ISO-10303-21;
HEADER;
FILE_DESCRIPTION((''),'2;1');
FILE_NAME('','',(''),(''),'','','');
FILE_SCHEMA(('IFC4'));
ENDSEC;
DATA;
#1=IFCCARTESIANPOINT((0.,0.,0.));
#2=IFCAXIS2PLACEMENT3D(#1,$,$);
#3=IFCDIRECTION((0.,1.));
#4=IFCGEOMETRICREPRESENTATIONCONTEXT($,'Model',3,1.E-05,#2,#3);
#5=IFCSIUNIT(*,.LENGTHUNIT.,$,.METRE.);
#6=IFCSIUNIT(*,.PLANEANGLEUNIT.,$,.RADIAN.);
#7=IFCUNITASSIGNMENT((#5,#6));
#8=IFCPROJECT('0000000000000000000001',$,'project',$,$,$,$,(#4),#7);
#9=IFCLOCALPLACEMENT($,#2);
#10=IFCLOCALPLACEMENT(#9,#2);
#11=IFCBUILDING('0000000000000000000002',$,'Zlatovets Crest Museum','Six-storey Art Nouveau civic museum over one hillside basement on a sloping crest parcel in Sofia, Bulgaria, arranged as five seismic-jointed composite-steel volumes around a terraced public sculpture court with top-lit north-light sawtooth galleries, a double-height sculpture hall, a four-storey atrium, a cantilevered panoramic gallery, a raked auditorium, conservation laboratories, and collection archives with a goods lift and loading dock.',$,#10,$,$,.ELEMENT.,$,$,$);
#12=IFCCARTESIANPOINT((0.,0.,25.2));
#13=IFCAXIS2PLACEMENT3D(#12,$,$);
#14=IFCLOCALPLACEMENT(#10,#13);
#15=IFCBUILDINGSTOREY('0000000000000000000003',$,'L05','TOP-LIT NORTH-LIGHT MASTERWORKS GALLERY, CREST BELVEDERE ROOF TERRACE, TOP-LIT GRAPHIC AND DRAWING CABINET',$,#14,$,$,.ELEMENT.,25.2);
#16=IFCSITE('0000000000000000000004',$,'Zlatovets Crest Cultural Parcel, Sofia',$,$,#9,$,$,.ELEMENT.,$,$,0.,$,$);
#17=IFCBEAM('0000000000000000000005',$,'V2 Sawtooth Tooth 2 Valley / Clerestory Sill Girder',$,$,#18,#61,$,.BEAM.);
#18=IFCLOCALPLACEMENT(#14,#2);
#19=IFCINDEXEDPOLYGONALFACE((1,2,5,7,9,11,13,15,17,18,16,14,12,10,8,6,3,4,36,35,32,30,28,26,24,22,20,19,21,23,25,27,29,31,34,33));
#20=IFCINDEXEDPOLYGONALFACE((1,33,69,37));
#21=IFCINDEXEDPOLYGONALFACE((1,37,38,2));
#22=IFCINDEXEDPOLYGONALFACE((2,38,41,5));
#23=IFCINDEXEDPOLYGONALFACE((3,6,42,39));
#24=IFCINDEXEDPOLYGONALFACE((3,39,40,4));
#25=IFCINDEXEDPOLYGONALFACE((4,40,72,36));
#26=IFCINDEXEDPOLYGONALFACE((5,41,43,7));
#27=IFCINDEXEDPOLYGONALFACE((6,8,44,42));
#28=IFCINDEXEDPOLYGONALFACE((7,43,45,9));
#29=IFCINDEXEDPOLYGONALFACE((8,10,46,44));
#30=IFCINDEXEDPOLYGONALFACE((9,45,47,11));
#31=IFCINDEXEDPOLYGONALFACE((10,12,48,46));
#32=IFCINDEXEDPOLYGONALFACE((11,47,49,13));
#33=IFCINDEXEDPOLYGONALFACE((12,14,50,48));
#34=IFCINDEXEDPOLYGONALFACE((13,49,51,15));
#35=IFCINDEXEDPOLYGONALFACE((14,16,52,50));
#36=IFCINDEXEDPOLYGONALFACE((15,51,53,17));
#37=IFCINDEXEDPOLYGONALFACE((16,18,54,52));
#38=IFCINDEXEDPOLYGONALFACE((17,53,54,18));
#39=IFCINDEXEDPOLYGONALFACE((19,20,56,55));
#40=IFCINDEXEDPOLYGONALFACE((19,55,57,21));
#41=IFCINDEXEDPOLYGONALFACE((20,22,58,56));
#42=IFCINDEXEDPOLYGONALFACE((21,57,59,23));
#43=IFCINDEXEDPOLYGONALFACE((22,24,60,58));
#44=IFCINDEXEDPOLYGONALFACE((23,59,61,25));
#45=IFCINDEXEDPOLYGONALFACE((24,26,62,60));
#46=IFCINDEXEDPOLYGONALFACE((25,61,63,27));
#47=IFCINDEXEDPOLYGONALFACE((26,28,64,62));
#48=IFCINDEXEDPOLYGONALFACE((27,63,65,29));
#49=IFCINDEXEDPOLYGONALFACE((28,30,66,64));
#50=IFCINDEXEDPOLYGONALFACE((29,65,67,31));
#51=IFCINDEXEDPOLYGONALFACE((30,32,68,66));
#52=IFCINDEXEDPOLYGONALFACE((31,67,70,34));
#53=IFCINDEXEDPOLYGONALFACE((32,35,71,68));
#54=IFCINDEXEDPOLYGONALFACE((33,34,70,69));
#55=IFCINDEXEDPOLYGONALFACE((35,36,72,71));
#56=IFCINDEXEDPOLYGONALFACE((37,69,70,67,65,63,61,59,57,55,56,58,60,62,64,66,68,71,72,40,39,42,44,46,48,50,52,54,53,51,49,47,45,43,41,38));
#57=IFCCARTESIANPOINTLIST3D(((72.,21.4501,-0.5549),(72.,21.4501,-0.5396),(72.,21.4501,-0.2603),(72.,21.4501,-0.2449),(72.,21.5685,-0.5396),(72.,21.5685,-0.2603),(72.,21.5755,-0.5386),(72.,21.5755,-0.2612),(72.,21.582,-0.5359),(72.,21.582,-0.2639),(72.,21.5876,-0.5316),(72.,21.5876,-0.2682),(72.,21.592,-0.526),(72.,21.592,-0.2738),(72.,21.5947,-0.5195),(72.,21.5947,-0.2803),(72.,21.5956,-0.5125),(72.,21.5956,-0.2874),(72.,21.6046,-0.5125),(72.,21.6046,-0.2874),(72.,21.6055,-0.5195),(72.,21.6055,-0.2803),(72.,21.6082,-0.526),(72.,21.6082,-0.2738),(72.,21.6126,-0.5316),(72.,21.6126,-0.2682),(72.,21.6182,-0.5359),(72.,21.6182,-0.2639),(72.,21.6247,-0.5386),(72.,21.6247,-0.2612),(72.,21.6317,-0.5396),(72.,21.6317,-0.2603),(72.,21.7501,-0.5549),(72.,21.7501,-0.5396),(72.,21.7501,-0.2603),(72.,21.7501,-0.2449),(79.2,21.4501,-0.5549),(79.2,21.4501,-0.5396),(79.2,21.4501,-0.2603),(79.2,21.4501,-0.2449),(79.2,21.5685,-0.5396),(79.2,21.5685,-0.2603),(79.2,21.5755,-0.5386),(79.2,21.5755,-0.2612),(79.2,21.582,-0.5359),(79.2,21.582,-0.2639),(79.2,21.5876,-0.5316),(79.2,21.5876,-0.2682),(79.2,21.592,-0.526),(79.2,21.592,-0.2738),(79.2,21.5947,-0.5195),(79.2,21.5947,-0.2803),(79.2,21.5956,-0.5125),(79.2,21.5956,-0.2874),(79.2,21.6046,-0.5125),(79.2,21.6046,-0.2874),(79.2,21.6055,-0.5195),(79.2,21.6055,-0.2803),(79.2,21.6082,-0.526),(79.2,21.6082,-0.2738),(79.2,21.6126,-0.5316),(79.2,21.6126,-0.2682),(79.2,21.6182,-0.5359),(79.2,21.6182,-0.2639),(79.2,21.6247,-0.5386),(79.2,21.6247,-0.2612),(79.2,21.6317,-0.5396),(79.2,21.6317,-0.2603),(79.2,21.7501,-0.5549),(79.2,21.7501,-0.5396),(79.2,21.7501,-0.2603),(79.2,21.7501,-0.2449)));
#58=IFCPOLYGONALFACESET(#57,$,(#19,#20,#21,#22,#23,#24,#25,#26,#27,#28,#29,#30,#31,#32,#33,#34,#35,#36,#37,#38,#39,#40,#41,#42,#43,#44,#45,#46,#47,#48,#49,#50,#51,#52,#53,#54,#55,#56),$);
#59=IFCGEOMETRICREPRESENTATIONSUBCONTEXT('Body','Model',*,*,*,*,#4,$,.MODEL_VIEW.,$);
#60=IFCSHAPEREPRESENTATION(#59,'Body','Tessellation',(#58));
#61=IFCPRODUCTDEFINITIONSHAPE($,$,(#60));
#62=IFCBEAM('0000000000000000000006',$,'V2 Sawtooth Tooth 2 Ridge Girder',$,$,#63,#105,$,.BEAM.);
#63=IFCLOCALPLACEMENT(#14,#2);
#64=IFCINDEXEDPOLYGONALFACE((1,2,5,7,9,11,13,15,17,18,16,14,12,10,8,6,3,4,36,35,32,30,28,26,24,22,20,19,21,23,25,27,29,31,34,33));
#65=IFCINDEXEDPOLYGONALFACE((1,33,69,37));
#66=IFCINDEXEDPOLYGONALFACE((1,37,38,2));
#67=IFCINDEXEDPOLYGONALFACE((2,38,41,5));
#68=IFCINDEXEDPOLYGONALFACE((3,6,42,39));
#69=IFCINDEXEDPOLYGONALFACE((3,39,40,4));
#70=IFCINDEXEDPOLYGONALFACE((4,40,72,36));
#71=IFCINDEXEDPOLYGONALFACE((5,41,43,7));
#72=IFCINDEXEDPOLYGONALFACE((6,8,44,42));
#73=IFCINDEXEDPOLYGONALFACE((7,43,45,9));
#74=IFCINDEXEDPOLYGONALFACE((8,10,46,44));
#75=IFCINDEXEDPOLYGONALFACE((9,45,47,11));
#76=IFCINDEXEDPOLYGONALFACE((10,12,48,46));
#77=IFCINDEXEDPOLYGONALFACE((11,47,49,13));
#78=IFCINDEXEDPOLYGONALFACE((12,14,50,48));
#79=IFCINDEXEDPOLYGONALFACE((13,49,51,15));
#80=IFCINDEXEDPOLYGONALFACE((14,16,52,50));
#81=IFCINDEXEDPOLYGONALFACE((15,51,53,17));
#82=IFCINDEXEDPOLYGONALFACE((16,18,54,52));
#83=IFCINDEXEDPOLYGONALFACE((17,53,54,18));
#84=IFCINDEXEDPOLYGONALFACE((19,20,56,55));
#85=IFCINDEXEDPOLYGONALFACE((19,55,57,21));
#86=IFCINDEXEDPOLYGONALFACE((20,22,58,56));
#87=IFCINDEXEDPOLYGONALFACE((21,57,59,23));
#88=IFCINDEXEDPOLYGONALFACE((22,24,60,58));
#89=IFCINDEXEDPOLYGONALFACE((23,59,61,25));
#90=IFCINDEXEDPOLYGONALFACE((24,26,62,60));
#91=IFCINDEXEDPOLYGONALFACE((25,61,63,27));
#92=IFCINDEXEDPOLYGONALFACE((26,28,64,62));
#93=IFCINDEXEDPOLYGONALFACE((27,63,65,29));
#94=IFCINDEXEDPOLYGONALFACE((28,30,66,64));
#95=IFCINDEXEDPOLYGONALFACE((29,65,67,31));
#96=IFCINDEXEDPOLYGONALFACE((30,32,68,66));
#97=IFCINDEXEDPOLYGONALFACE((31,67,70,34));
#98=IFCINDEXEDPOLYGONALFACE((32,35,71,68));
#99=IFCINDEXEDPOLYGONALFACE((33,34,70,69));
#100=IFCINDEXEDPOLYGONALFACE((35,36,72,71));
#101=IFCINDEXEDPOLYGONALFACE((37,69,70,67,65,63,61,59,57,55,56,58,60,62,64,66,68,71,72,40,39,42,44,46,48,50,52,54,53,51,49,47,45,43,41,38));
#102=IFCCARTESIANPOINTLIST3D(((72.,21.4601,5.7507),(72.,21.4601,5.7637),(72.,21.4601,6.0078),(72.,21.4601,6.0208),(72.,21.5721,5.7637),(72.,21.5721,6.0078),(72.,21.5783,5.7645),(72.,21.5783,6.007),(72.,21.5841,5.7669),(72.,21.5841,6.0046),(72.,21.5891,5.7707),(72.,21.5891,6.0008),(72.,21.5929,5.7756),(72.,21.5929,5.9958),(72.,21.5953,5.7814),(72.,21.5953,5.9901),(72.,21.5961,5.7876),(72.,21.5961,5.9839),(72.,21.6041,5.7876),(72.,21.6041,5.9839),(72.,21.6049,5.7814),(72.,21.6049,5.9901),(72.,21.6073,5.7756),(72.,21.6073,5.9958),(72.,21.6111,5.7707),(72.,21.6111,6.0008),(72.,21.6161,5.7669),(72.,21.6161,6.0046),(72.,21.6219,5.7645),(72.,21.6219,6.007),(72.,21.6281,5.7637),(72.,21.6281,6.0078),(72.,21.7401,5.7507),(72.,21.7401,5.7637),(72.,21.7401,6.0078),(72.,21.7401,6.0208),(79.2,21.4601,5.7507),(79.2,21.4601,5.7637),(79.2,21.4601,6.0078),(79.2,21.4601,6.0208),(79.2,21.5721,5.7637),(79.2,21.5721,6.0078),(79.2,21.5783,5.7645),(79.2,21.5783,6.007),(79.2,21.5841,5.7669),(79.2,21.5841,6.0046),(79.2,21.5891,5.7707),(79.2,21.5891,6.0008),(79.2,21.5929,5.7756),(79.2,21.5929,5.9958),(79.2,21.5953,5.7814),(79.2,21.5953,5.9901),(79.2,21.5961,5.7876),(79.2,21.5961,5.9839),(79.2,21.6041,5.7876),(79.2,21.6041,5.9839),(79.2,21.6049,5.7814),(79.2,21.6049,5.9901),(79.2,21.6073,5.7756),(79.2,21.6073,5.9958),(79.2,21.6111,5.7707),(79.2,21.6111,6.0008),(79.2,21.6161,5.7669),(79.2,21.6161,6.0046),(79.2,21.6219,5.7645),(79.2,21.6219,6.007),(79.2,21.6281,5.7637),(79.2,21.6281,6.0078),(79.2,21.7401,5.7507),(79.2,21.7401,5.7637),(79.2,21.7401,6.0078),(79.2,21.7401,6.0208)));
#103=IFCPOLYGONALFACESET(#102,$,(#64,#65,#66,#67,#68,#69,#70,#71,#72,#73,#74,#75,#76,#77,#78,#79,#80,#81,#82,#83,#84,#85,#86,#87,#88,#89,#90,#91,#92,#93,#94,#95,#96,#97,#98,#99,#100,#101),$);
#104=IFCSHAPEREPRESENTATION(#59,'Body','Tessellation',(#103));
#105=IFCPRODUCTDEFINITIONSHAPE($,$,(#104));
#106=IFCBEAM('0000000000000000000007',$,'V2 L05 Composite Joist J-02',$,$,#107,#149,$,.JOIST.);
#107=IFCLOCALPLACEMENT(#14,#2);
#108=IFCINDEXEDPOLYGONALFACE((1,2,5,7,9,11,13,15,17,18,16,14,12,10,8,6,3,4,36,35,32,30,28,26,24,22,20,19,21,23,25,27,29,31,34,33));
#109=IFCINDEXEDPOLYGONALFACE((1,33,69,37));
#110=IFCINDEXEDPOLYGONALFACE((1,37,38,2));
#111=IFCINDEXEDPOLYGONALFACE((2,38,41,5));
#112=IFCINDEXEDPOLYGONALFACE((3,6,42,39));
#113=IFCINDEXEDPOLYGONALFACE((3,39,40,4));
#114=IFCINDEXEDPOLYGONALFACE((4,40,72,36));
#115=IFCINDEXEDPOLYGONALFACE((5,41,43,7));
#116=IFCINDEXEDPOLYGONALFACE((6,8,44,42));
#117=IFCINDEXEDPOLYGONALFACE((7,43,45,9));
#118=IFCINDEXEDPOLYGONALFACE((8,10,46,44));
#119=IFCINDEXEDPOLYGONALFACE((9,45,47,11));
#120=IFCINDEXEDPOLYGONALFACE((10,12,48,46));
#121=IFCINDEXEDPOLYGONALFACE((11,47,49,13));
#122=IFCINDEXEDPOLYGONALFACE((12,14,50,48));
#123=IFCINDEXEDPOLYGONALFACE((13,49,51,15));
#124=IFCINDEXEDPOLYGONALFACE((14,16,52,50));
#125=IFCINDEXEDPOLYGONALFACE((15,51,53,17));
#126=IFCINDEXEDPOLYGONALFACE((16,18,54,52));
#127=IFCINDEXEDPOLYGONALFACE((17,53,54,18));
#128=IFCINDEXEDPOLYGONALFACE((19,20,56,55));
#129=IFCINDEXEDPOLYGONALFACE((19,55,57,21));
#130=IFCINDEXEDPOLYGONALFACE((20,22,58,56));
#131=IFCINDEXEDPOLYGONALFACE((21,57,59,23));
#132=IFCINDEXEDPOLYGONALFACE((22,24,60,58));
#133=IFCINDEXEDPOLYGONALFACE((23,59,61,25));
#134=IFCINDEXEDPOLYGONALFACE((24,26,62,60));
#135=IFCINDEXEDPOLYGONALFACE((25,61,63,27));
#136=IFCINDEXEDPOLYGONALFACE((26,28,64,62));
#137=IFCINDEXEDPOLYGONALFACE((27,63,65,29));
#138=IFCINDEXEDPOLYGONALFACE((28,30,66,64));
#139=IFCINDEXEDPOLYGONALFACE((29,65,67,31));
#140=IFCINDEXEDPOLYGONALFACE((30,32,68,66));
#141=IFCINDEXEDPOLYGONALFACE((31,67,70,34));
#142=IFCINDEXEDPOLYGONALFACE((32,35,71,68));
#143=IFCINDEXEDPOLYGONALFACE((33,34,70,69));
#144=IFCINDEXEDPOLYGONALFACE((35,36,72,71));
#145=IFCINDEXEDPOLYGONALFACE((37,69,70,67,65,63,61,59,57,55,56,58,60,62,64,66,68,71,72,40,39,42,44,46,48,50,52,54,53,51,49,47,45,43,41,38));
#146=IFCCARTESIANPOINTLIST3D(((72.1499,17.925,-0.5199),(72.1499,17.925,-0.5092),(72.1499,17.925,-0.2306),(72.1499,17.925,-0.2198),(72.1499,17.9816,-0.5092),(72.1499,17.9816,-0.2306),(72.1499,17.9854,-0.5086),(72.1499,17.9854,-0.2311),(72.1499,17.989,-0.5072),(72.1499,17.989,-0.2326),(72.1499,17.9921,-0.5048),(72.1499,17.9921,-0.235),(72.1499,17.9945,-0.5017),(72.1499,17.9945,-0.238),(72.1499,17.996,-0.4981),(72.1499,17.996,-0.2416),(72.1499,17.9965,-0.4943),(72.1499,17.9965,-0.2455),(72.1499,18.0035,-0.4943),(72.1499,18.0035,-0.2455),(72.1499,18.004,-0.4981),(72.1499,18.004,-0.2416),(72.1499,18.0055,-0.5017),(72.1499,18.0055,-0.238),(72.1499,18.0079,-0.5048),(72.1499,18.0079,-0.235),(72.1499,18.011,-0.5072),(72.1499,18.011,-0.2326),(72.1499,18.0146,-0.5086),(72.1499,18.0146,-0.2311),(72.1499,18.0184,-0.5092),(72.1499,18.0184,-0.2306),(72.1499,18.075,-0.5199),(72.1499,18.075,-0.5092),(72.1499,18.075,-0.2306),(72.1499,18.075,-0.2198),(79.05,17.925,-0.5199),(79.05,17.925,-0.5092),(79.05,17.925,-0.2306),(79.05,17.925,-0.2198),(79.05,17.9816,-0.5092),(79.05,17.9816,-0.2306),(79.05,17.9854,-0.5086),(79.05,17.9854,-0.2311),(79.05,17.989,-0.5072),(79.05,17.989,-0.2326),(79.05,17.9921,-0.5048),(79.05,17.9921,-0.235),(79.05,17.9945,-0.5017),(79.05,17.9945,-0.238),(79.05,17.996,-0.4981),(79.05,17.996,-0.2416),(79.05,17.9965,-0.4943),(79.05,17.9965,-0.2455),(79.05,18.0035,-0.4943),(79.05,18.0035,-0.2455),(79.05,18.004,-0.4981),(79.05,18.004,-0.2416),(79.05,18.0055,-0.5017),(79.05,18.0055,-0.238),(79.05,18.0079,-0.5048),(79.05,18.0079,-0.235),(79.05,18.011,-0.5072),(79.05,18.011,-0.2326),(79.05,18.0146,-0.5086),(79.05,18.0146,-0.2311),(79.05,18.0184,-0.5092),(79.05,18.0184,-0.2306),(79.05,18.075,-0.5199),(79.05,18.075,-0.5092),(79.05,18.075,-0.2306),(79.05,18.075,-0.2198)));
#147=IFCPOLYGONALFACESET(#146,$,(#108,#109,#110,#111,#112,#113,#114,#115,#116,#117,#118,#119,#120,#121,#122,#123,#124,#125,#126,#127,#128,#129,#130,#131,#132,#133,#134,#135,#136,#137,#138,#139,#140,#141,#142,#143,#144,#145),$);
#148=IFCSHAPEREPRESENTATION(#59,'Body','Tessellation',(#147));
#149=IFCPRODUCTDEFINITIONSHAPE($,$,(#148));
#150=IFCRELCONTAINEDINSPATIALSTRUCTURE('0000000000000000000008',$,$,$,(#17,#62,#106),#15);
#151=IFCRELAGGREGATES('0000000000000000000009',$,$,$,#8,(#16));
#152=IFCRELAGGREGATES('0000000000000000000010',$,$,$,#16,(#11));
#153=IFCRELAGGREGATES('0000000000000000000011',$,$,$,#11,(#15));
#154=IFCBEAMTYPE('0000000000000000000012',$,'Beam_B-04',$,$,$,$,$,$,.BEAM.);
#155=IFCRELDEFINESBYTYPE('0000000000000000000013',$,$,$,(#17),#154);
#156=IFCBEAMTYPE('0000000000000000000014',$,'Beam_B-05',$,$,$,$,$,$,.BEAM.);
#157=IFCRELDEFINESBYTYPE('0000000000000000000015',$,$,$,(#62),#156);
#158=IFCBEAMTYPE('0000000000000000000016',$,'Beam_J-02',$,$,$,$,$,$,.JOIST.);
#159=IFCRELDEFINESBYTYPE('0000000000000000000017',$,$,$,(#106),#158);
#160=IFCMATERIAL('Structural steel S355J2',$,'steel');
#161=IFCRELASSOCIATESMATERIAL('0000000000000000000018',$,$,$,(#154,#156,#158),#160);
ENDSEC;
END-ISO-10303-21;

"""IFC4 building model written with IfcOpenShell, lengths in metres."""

from ifc_helpers import new_model, si_unit, direction, frame, origin, origin_2d, place, context, subcontext, project, spatial, i_section, extrude, material, material_profile, profile_set, type_object, element, save


model = new_model("IFC4")

# Units and contexts
model_context = context("Model", 3, precision=1e-05, world=origin(), true_north=direction((0.0, 1.0)))
body_context = subcontext(model_context, "Body", "Model", "MODEL_VIEW")
ifc_project = project(units=[si_unit("LENGTHUNIT", "METRE"), si_unit("PLANEANGLEUNIT", "RADIAN")], contexts=[model_context])

# Site, building, storey
site_placement = place(None, origin())
site = spatial("IfcSite", under=ifc_project, at=site_placement, Name="Zlatovets Crest Cultural Parcel, Sofia", CompositionType="ELEMENT", RefElevation=0.0)
building_placement = place(site_placement, origin())
building = spatial("IfcBuilding", under=site, at=building_placement, Name="Zlatovets Crest Museum", Description="Six-storey Art Nouveau civic museum over one hillside basement on a sloping crest parcel in Sofia, Bulgaria, arranged as five seismic-jointed composite-steel volumes around a terraced public sculpture court with top-lit north-light sawtooth galleries, a double-height sculpture hall, a four-storey atrium, a cantilevered panoramic gallery, a raked auditorium, conservation laboratories, and collection archives with a goods lift and loading dock.", CompositionType="ELEMENT")
storey_placement = place(building_placement, frame((0.0, 0.0, 25.2)))
storey = spatial("IfcBuildingStorey", under=building, at=storey_placement, Name="L05", Description="TOP-LIT NORTH-LIGHT MASTERWORKS GALLERY, CREST BELVEDERE ROOF TERRACE, TOP-LIT GRAPHIC AND DRAWING CABINET", CompositionType="ELEMENT", Elevation=25.2)

# Beams
ifc_material_1 = material(Name="Structural steel S355J2", Category="steel")
ifc_material_profile_1 = material_profile(ifc_material_1, i_section(OverallWidth=0.3, OverallDepth=0.3101, WebThickness=0.009, FlangeThickness=0.0154, FilletRadius=0.0271, at=origin_2d()), Name="HEA 320")
ifc_profile_set_1 = profile_set([ifc_material_profile_1], Name="Structural steel S355J2")
beam_type_1 = type_object("IfcBeamType", Name="Beam_B-04", PredefinedType="BEAM", material=ifc_profile_set_1)
beam_1_placement = place(storey_placement, frame((72.0, 21.6001, -0.3999), z_axis=(1.0, 0.0, 0.0), x_axis=(0.0, 1.0, 0.0)))
element("IfcBeam", 1, at=beam_1_placement, inside=storey, type_object=beam_type_1, Name="V2 Sawtooth Tooth 2 Valley / Clerestory Sill Girder", PredefinedType="BEAM", context=body_context, shape_type="SweptSolid", body=[
    extrude(i_section(OverallWidth=0.3, OverallDepth=0.3101, WebThickness=0.009, FlangeThickness=0.0154, FilletRadius=0.0271, at=origin_2d()), origin(), (0.0, 0.0, 1.0), 7.2),
])
ifc_material_profile_2 = material_profile(ifc_material_1, i_section(OverallWidth=0.28, OverallDepth=0.27, WebThickness=0.0081, FlangeThickness=0.0129, FilletRadius=0.0239, at=origin_2d()), Name="HEA 280")
ifc_profile_set_2 = profile_set([ifc_material_profile_2], Name="Structural steel S355J2")
beam_type_2 = type_object("IfcBeamType", Name="Beam_B-05", PredefinedType="BEAM", material=ifc_profile_set_2)
beam_2_placement = place(storey_placement, frame((72.0, 21.6001, 5.8857), z_axis=(1.0, 0.0, 0.0), x_axis=(0.0, 1.0, 0.0)))
element("IfcBeam", 2, at=beam_2_placement, inside=storey, type_object=beam_type_2, Name="V2 Sawtooth Tooth 2 Ridge Girder", PredefinedType="BEAM", context=body_context, shape_type="SweptSolid", body=[
    extrude(i_section(OverallWidth=0.28, OverallDepth=0.27, WebThickness=0.0081, FlangeThickness=0.0129, FilletRadius=0.0239, at=origin_2d()), origin(), (0.0, 0.0, 1.0), 7.2),
])
ifc_material_profile_3 = material_profile(ifc_material_1, i_section(OverallWidth=0.1499, OverallDepth=0.3, WebThickness=0.0071, FlangeThickness=0.0107, FilletRadius=0.0149, at=origin_2d()), Name="IPE 300")
ifc_profile_set_3 = profile_set([ifc_material_profile_3], Name="Structural steel S355J2")
beam_type_3 = type_object("IfcBeamType", Name="Beam_J-02", PredefinedType="JOIST", material=ifc_profile_set_3)
beam_3_placement = place(storey_placement, frame((72.1499, 18.0, -0.3699), z_axis=(1.0, 0.0, 0.0), x_axis=(0.0, 1.0, 0.0)))
element("IfcBeam", 3, at=beam_3_placement, inside=storey, type_object=beam_type_3, Name="V2 L05 Composite Joist J-02", PredefinedType="JOIST", context=body_context, shape_type="SweptSolid", body=[
    extrude(i_section(OverallWidth=0.1499, OverallDepth=0.3, WebThickness=0.0071, FlangeThickness=0.0107, FilletRadius=0.0149, at=origin_2d()), origin(), (0.0, 0.0, 1.0), 6.9001),
])

save(model, "model.ifc")
